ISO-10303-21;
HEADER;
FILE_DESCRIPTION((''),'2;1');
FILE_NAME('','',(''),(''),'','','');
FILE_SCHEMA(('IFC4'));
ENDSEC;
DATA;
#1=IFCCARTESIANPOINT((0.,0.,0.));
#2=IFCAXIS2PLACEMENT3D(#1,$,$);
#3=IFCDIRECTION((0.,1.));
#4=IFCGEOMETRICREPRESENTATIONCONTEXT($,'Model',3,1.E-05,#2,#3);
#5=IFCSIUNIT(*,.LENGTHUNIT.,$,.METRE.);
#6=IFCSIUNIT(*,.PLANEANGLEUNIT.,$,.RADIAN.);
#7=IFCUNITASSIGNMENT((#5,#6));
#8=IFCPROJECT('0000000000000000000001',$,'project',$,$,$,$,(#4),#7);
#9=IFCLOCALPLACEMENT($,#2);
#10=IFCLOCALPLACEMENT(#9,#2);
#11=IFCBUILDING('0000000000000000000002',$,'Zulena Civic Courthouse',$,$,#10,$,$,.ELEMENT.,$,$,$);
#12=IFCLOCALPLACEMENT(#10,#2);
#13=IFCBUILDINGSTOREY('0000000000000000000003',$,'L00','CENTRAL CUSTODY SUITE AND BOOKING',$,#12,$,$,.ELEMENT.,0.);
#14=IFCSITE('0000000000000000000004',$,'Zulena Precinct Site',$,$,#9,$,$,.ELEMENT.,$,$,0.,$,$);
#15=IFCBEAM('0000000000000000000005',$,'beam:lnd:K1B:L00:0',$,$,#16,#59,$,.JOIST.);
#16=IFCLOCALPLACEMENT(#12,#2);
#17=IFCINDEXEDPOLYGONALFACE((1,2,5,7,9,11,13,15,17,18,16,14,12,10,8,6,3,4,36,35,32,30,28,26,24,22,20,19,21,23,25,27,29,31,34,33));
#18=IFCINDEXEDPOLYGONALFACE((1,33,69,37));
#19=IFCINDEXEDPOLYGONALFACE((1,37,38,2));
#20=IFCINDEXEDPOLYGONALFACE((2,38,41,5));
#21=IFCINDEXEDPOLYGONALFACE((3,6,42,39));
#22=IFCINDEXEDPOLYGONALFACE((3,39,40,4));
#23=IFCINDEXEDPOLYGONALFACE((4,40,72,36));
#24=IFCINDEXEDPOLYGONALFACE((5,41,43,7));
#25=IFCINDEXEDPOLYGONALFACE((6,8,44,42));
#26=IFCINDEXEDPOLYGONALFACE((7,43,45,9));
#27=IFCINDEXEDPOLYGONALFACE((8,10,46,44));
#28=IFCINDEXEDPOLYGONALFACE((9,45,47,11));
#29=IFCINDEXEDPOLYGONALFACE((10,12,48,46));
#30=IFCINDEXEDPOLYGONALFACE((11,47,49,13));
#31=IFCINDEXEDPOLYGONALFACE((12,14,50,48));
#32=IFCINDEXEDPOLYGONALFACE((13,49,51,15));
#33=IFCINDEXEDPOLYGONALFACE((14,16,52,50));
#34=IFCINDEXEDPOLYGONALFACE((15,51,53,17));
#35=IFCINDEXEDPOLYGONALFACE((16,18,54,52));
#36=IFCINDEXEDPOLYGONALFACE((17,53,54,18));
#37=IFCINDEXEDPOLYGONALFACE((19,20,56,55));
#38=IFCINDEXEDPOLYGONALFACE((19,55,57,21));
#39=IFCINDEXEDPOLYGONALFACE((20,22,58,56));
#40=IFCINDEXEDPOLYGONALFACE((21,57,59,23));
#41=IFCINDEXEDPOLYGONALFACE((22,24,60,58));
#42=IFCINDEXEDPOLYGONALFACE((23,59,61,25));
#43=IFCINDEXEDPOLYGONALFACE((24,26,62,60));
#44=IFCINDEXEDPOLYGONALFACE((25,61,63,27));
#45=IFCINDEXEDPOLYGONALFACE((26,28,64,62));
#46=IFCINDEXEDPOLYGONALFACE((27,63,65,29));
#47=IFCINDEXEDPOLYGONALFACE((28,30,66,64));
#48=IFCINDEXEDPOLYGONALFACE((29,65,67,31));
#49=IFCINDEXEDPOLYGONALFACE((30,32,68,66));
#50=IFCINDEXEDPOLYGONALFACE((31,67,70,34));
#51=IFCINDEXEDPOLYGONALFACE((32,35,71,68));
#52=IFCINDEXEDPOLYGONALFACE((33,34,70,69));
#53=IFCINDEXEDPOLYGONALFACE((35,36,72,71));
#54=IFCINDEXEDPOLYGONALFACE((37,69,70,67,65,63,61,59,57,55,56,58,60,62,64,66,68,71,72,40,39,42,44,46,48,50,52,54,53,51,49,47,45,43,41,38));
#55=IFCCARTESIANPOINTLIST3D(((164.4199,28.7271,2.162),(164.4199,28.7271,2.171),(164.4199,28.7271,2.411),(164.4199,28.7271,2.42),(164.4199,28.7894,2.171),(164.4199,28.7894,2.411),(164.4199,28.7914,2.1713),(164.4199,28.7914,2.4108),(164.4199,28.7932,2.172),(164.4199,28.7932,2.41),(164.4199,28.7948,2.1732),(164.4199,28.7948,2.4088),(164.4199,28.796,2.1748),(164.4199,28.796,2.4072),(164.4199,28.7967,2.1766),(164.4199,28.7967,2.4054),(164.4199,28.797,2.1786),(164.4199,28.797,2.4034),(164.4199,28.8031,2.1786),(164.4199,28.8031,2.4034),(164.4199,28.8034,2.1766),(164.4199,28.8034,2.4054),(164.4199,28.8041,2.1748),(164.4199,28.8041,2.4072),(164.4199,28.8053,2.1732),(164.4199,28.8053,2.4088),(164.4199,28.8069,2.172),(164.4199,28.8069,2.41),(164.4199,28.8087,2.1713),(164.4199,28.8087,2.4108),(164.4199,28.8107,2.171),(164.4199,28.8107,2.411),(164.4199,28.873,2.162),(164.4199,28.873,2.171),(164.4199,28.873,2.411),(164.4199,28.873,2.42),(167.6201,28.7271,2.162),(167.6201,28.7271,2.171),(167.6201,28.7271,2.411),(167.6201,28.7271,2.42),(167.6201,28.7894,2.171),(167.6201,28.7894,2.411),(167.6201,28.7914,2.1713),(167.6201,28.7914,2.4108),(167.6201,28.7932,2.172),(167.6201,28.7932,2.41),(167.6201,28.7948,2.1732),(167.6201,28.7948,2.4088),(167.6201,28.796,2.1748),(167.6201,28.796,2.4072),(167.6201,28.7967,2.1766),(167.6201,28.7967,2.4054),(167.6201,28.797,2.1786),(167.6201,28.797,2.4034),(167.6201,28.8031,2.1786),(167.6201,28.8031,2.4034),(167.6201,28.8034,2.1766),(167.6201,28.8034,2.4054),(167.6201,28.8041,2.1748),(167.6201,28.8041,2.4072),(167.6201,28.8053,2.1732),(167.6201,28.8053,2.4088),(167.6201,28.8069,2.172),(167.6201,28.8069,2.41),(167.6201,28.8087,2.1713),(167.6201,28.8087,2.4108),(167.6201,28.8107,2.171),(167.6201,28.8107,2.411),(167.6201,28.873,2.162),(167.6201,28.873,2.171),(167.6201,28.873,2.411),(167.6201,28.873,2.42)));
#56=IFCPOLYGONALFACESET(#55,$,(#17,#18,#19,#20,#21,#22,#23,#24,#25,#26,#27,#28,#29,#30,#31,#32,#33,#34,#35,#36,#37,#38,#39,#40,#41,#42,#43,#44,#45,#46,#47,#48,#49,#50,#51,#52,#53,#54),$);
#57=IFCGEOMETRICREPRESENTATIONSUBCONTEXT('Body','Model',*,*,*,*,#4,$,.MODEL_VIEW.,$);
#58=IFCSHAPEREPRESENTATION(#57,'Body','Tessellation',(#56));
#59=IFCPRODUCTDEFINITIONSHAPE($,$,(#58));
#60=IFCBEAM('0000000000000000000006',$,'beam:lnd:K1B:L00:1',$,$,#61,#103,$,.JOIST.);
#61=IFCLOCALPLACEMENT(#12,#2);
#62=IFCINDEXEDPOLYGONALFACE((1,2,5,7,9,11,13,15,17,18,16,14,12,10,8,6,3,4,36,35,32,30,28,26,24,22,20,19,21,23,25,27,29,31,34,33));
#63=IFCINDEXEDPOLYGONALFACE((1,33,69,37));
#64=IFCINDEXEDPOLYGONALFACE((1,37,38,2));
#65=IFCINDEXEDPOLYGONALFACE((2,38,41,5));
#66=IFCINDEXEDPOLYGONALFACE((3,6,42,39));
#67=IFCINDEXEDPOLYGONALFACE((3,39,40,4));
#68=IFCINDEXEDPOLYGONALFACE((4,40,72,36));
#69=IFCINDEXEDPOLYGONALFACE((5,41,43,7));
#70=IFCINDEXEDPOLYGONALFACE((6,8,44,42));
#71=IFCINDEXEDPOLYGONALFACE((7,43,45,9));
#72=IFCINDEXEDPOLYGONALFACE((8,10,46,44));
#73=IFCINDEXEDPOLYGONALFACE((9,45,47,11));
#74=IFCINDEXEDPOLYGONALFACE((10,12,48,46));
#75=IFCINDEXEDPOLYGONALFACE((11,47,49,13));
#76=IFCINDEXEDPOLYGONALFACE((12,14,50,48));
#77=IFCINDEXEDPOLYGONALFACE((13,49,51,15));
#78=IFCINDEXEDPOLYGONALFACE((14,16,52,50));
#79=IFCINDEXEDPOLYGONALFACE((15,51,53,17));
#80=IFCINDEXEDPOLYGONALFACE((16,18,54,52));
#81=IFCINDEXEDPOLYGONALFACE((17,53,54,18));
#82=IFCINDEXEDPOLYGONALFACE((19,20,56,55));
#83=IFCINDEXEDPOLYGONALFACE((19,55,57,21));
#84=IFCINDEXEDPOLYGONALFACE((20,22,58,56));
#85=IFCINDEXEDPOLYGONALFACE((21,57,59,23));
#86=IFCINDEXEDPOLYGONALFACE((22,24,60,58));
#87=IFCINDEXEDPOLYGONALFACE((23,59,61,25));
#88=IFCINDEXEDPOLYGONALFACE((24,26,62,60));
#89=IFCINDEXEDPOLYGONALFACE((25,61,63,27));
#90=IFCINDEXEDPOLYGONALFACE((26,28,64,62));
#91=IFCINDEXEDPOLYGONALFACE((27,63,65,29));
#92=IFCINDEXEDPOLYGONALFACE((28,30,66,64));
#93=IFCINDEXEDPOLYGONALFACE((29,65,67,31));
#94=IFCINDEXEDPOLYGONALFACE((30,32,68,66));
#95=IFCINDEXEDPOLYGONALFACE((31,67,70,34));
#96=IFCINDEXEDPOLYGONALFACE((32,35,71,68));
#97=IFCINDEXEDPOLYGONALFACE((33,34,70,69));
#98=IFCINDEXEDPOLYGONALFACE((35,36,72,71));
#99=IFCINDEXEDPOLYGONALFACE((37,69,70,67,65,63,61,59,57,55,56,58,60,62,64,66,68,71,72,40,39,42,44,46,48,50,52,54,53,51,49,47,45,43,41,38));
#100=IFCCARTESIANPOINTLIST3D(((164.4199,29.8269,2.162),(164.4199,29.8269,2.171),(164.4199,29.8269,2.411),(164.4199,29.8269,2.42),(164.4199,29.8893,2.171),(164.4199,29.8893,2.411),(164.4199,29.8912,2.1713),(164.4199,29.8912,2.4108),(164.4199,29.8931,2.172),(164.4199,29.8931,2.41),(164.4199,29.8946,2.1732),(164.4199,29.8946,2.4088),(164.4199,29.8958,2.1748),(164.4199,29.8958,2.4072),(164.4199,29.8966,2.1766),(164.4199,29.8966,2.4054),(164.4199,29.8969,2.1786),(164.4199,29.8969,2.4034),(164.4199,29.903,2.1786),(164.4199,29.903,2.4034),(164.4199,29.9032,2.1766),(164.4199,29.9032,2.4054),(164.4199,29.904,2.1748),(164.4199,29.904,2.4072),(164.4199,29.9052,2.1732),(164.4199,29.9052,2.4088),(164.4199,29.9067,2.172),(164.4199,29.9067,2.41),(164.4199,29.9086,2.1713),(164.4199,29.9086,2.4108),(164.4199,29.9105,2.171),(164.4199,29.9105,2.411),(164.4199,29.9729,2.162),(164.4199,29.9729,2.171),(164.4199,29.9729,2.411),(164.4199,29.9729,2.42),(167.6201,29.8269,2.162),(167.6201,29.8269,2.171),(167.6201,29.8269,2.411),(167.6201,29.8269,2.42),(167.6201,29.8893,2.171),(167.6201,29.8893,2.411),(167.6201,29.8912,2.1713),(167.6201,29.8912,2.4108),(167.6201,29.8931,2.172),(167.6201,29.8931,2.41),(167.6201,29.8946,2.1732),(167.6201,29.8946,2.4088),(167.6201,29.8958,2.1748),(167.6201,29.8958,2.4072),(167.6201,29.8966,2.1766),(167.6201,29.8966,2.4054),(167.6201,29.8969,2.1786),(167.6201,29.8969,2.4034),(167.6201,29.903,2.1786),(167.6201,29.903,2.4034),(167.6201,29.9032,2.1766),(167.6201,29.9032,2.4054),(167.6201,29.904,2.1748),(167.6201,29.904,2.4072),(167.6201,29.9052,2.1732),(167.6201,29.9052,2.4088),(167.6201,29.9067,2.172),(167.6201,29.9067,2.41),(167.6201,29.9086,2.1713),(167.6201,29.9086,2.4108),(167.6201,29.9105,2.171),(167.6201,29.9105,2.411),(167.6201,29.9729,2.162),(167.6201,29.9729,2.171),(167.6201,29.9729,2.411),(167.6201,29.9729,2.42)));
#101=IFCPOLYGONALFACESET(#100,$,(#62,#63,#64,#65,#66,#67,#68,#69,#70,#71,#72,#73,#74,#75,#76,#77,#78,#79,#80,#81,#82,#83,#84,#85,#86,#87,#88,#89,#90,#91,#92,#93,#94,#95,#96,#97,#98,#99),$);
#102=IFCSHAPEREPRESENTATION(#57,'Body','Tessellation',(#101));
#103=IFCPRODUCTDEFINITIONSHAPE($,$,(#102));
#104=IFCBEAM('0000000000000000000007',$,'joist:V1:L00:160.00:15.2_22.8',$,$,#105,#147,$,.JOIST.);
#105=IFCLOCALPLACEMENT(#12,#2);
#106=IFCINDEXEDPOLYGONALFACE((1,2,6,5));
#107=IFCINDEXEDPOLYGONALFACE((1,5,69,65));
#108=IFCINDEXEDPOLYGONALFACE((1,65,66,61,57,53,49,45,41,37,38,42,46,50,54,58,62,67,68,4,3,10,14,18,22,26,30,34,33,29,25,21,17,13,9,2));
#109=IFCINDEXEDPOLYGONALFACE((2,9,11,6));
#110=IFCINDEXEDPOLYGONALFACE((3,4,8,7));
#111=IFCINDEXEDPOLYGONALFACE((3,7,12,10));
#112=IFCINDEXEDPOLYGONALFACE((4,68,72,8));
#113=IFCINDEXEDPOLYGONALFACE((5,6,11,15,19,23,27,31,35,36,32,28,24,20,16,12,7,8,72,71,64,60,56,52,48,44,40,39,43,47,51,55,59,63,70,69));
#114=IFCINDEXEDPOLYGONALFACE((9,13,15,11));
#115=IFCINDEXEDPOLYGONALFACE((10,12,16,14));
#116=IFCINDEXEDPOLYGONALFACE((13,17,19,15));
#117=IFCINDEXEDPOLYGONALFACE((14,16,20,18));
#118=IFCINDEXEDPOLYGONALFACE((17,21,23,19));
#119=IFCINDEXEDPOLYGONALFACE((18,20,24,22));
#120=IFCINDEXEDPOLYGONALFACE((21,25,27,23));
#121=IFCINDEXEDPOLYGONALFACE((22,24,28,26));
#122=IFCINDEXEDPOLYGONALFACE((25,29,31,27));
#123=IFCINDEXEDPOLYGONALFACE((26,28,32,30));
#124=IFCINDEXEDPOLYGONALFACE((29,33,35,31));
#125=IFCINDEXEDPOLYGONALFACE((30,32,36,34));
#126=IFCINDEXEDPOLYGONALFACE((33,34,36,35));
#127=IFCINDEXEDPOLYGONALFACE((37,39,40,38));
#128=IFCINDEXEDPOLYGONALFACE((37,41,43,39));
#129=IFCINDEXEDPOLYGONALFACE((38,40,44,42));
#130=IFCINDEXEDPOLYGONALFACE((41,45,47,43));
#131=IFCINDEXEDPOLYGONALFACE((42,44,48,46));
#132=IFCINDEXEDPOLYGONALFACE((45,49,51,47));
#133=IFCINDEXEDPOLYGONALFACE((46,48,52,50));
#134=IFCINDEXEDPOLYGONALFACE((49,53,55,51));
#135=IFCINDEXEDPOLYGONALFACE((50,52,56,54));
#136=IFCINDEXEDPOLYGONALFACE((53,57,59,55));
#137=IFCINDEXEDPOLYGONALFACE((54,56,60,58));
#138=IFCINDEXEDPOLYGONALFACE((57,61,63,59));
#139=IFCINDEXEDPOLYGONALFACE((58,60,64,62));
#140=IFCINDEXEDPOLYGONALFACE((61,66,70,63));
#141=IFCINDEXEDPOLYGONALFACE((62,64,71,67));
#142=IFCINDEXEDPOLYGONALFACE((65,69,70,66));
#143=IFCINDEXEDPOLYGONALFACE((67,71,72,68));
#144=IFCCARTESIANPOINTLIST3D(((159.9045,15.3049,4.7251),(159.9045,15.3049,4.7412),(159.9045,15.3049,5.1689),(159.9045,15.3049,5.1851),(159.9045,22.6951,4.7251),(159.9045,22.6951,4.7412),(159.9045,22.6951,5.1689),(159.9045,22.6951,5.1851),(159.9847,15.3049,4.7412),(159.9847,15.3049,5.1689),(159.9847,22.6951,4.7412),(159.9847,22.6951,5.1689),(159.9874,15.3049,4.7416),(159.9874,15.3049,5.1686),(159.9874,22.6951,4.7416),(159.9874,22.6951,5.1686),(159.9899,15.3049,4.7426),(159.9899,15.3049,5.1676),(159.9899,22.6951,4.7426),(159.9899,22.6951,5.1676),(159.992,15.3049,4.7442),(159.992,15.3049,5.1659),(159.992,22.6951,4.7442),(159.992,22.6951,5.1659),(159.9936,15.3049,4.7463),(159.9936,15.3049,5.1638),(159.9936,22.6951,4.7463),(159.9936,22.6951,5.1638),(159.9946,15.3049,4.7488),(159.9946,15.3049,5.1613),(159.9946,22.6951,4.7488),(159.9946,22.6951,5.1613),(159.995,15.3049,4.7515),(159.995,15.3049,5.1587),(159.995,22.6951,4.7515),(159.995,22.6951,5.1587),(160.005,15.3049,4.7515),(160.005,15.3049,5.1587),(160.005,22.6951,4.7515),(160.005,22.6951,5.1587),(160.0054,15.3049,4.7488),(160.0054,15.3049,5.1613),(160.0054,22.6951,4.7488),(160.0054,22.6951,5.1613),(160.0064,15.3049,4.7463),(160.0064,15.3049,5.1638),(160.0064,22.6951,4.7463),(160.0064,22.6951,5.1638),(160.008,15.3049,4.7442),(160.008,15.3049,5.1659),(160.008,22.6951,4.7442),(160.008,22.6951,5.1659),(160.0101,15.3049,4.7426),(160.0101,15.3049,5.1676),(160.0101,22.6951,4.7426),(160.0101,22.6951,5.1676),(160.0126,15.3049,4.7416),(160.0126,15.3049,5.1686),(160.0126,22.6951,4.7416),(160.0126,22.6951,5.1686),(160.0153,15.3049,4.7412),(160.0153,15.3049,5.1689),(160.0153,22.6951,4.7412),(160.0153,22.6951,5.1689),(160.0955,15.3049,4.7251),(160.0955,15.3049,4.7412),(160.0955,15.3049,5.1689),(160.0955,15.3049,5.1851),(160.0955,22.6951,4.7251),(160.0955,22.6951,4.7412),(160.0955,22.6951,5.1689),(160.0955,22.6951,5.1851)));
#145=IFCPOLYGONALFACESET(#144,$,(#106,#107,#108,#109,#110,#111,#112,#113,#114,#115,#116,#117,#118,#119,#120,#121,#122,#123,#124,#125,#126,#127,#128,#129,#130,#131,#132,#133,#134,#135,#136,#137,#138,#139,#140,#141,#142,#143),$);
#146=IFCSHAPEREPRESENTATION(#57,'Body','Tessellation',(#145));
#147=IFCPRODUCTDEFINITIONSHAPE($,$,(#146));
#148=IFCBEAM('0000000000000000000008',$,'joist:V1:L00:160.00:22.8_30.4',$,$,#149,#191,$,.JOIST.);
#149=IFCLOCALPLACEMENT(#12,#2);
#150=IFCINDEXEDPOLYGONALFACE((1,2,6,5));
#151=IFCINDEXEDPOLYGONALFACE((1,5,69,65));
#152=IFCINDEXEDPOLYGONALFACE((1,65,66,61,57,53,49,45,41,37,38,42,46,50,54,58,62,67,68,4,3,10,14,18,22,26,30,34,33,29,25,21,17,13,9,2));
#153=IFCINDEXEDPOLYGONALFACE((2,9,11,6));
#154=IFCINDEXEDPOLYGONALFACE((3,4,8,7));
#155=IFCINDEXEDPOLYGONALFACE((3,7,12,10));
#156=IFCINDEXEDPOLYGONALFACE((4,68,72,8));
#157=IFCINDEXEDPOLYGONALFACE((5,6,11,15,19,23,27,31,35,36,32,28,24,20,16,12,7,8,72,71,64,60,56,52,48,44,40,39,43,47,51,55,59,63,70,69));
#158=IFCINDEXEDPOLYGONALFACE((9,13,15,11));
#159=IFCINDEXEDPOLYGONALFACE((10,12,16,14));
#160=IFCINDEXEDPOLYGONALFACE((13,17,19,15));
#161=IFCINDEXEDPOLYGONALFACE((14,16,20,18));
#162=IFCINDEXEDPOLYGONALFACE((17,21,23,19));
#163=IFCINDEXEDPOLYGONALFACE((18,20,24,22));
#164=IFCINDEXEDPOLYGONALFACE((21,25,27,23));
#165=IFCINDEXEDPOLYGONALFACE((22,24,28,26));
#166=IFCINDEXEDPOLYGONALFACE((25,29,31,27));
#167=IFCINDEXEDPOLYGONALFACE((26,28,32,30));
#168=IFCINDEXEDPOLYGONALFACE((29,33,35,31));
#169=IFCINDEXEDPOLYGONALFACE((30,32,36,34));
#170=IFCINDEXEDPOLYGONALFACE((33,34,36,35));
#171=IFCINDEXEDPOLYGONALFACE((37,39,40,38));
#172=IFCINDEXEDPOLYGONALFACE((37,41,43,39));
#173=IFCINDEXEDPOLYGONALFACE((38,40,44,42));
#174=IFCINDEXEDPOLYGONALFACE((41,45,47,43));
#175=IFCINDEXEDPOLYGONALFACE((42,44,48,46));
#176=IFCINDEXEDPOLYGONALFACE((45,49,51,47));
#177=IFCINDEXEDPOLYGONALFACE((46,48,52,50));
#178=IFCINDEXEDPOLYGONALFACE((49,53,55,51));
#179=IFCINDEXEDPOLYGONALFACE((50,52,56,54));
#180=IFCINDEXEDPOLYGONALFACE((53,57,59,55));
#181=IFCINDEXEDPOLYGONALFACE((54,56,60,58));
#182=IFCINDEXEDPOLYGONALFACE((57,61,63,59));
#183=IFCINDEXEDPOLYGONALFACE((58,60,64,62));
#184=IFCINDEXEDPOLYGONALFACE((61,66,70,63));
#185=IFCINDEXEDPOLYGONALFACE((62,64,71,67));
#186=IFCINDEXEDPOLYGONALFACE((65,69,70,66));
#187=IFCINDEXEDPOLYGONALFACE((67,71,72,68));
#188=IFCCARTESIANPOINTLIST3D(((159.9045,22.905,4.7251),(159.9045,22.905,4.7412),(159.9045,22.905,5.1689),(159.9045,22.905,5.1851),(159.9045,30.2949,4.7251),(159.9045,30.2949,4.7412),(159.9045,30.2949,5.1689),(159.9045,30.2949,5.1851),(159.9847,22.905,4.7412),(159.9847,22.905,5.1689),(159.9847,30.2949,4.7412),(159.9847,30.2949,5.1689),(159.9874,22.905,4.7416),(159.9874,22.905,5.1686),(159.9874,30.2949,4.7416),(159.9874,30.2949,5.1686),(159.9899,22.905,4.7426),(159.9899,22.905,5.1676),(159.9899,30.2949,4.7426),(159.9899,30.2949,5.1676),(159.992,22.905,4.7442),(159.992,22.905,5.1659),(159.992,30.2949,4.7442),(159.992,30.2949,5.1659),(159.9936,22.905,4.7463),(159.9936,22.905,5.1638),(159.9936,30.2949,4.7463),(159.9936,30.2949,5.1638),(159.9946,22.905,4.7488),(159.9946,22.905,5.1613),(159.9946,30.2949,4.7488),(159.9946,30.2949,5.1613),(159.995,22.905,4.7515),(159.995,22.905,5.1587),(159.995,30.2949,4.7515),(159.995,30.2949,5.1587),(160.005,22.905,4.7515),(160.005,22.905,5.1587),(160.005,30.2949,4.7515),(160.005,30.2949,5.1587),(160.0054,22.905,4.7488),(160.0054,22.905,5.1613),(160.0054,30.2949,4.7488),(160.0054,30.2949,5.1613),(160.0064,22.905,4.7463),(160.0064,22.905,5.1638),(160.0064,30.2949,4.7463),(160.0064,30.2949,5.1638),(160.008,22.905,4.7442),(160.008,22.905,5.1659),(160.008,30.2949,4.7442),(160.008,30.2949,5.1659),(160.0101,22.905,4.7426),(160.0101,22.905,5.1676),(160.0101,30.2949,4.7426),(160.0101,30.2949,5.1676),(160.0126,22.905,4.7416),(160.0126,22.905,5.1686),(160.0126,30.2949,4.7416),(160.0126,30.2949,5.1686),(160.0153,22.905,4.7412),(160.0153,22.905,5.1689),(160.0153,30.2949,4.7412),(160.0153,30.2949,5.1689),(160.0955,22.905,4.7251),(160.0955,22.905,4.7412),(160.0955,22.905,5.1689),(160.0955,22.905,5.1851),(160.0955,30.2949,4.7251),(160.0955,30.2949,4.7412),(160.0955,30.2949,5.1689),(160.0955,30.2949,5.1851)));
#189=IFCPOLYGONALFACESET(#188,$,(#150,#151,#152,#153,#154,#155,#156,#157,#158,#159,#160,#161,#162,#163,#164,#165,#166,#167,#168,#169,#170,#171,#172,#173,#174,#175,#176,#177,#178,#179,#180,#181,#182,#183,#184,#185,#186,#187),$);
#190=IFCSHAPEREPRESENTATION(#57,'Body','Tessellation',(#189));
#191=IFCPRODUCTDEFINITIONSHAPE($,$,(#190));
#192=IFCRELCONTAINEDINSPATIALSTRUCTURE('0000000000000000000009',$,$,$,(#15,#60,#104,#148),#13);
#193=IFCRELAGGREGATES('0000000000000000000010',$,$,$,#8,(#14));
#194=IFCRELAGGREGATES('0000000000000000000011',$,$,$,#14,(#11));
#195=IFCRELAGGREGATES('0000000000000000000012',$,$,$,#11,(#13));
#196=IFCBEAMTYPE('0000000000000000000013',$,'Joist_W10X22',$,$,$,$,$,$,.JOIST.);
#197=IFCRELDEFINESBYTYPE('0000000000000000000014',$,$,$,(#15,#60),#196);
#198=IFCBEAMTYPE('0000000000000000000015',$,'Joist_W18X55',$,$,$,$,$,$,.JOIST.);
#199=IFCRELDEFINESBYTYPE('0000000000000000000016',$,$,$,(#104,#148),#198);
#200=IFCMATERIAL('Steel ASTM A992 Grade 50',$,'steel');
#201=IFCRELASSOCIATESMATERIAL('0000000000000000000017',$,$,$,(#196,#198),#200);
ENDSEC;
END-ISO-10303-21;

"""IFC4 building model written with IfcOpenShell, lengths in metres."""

from ifc_helpers import new_model, si_unit, direction, frame, origin, origin_2d, place, context, subcontext, project, spatial, i_section, extrude, material, material_profile, profile_set, type_object, element, save


model = new_model("IFC4")

# Units and contexts
model_context = context("Model", 3, precision=1e-05, world=origin(), true_north=direction((0.0, 1.0)))
body_context = subcontext(model_context, "Body", "Model", "MODEL_VIEW")
ifc_project = project(units=[si_unit("LENGTHUNIT", "METRE"), si_unit("PLANEANGLEUNIT", "RADIAN")], contexts=[model_context])

# Site, building, storey
site_placement = place(None, origin())
site = spatial("IfcSite", under=ifc_project, at=site_placement, Name="Zulena Precinct Site", CompositionType="ELEMENT", RefElevation=0.0)
building_placement = place(site_placement, origin())
building = spatial("IfcBuilding", under=site, at=building_placement, Name="Zulena Civic Courthouse", CompositionType="ELEMENT")
storey_placement = place(building_placement, origin())
storey = spatial("IfcBuildingStorey", under=building, at=storey_placement, Name="L00", Description="CENTRAL CUSTODY SUITE AND BOOKING", CompositionType="ELEMENT", Elevation=0.0)

# Shared definitions
ifc_material_1 = material(Name="Steel ASTM A992 Grade 50", Category="steel")

# Beams
ifc_material_profile_1 = material_profile(ifc_material_1, i_section(OverallWidth=0.146, OverallDepth=0.2581, WebThickness=0.0061, FlangeThickness=0.009, FilletRadius=0.0076, at=origin_2d()), Name="W10X22")
ifc_profile_set_1 = profile_set([ifc_material_profile_1], Name="Steel ASTM A992 Grade 50")
beam_type_1 = type_object("IfcBeamType", Name="Joist_W10X22", PredefinedType="JOIST", material=ifc_profile_set_1)
for number, where, z_axis, x_axis, name in (
    (1, (164.4199, 28.8, 2.291), (1.0, 0.0, 0.0), (0.0, 1.0, 0.0), "beam:lnd:K1B:L00:0"),
    (2, (164.4199, 29.8999, 2.291), (1.0, 0.0, 0.0), (0.0, 1.0, 0.0), "beam:lnd:K1B:L00:1"),
):
    element("IfcBeam", number, at=place(storey_placement, frame(where, z_axis=z_axis, x_axis=x_axis)), inside=storey, type_object=beam_type_1, Name=name, PredefinedType="JOIST", context=body_context, shape_type="SweptSolid", body=[
        extrude(i_section(OverallWidth=0.146, OverallDepth=0.2581, WebThickness=0.0061, FlangeThickness=0.009, FilletRadius=0.0076, at=origin_2d()), origin(), (0.0, 0.0, 1.0), 3.2002),
    ])
ifc_material_profile_2 = material_profile(ifc_material_1, i_section(OverallWidth=0.1909, OverallDepth=0.46, WebThickness=0.01, FlangeThickness=0.0161, FilletRadius=0.0103, at=origin_2d()), Name="W18X55")
ifc_profile_set_2 = profile_set([ifc_material_profile_2], Name="Steel ASTM A992 Grade 50")
beam_type_2 = type_object("IfcBeamType", Name="Joist_W18X55", PredefinedType="JOIST", material=ifc_profile_set_2)
beam_1_placement = place(storey_placement, frame((160.0, 15.3049, 4.9551), z_axis=(0.0, 1.0, 0.0), x_axis=(-1.0, 0.0, 0.0)))
element("IfcBeam", 3, at=beam_1_placement, inside=storey, type_object=beam_type_2, Name="joist:V1:L00:160.00:15.2_22.8", PredefinedType="JOIST", context=body_context, shape_type="SweptSolid", body=[
    extrude(i_section(OverallWidth=0.1909, OverallDepth=0.46, WebThickness=0.01, FlangeThickness=0.0161, FilletRadius=0.0103, at=origin_2d()), origin(), (0.0, 0.0, 1.0), 7.3901),
])
beam_2_placement = place(storey_placement, frame((160.0, 22.905, 4.9551), z_axis=(0.0, 1.0, 0.0), x_axis=(-1.0, 0.0, 0.0)))
element("IfcBeam", 4, at=beam_2_placement, inside=storey, type_object=beam_type_2, Name="joist:V1:L00:160.00:22.8_30.4", PredefinedType="JOIST", context=body_context, shape_type="SweptSolid", body=[
    extrude(i_section(OverallWidth=0.1909, OverallDepth=0.46, WebThickness=0.01, FlangeThickness=0.0161, FilletRadius=0.0103, at=origin_2d()), origin(), (0.0, 0.0, 1.0), 7.3899),
])

save(model, "model.ifc")
